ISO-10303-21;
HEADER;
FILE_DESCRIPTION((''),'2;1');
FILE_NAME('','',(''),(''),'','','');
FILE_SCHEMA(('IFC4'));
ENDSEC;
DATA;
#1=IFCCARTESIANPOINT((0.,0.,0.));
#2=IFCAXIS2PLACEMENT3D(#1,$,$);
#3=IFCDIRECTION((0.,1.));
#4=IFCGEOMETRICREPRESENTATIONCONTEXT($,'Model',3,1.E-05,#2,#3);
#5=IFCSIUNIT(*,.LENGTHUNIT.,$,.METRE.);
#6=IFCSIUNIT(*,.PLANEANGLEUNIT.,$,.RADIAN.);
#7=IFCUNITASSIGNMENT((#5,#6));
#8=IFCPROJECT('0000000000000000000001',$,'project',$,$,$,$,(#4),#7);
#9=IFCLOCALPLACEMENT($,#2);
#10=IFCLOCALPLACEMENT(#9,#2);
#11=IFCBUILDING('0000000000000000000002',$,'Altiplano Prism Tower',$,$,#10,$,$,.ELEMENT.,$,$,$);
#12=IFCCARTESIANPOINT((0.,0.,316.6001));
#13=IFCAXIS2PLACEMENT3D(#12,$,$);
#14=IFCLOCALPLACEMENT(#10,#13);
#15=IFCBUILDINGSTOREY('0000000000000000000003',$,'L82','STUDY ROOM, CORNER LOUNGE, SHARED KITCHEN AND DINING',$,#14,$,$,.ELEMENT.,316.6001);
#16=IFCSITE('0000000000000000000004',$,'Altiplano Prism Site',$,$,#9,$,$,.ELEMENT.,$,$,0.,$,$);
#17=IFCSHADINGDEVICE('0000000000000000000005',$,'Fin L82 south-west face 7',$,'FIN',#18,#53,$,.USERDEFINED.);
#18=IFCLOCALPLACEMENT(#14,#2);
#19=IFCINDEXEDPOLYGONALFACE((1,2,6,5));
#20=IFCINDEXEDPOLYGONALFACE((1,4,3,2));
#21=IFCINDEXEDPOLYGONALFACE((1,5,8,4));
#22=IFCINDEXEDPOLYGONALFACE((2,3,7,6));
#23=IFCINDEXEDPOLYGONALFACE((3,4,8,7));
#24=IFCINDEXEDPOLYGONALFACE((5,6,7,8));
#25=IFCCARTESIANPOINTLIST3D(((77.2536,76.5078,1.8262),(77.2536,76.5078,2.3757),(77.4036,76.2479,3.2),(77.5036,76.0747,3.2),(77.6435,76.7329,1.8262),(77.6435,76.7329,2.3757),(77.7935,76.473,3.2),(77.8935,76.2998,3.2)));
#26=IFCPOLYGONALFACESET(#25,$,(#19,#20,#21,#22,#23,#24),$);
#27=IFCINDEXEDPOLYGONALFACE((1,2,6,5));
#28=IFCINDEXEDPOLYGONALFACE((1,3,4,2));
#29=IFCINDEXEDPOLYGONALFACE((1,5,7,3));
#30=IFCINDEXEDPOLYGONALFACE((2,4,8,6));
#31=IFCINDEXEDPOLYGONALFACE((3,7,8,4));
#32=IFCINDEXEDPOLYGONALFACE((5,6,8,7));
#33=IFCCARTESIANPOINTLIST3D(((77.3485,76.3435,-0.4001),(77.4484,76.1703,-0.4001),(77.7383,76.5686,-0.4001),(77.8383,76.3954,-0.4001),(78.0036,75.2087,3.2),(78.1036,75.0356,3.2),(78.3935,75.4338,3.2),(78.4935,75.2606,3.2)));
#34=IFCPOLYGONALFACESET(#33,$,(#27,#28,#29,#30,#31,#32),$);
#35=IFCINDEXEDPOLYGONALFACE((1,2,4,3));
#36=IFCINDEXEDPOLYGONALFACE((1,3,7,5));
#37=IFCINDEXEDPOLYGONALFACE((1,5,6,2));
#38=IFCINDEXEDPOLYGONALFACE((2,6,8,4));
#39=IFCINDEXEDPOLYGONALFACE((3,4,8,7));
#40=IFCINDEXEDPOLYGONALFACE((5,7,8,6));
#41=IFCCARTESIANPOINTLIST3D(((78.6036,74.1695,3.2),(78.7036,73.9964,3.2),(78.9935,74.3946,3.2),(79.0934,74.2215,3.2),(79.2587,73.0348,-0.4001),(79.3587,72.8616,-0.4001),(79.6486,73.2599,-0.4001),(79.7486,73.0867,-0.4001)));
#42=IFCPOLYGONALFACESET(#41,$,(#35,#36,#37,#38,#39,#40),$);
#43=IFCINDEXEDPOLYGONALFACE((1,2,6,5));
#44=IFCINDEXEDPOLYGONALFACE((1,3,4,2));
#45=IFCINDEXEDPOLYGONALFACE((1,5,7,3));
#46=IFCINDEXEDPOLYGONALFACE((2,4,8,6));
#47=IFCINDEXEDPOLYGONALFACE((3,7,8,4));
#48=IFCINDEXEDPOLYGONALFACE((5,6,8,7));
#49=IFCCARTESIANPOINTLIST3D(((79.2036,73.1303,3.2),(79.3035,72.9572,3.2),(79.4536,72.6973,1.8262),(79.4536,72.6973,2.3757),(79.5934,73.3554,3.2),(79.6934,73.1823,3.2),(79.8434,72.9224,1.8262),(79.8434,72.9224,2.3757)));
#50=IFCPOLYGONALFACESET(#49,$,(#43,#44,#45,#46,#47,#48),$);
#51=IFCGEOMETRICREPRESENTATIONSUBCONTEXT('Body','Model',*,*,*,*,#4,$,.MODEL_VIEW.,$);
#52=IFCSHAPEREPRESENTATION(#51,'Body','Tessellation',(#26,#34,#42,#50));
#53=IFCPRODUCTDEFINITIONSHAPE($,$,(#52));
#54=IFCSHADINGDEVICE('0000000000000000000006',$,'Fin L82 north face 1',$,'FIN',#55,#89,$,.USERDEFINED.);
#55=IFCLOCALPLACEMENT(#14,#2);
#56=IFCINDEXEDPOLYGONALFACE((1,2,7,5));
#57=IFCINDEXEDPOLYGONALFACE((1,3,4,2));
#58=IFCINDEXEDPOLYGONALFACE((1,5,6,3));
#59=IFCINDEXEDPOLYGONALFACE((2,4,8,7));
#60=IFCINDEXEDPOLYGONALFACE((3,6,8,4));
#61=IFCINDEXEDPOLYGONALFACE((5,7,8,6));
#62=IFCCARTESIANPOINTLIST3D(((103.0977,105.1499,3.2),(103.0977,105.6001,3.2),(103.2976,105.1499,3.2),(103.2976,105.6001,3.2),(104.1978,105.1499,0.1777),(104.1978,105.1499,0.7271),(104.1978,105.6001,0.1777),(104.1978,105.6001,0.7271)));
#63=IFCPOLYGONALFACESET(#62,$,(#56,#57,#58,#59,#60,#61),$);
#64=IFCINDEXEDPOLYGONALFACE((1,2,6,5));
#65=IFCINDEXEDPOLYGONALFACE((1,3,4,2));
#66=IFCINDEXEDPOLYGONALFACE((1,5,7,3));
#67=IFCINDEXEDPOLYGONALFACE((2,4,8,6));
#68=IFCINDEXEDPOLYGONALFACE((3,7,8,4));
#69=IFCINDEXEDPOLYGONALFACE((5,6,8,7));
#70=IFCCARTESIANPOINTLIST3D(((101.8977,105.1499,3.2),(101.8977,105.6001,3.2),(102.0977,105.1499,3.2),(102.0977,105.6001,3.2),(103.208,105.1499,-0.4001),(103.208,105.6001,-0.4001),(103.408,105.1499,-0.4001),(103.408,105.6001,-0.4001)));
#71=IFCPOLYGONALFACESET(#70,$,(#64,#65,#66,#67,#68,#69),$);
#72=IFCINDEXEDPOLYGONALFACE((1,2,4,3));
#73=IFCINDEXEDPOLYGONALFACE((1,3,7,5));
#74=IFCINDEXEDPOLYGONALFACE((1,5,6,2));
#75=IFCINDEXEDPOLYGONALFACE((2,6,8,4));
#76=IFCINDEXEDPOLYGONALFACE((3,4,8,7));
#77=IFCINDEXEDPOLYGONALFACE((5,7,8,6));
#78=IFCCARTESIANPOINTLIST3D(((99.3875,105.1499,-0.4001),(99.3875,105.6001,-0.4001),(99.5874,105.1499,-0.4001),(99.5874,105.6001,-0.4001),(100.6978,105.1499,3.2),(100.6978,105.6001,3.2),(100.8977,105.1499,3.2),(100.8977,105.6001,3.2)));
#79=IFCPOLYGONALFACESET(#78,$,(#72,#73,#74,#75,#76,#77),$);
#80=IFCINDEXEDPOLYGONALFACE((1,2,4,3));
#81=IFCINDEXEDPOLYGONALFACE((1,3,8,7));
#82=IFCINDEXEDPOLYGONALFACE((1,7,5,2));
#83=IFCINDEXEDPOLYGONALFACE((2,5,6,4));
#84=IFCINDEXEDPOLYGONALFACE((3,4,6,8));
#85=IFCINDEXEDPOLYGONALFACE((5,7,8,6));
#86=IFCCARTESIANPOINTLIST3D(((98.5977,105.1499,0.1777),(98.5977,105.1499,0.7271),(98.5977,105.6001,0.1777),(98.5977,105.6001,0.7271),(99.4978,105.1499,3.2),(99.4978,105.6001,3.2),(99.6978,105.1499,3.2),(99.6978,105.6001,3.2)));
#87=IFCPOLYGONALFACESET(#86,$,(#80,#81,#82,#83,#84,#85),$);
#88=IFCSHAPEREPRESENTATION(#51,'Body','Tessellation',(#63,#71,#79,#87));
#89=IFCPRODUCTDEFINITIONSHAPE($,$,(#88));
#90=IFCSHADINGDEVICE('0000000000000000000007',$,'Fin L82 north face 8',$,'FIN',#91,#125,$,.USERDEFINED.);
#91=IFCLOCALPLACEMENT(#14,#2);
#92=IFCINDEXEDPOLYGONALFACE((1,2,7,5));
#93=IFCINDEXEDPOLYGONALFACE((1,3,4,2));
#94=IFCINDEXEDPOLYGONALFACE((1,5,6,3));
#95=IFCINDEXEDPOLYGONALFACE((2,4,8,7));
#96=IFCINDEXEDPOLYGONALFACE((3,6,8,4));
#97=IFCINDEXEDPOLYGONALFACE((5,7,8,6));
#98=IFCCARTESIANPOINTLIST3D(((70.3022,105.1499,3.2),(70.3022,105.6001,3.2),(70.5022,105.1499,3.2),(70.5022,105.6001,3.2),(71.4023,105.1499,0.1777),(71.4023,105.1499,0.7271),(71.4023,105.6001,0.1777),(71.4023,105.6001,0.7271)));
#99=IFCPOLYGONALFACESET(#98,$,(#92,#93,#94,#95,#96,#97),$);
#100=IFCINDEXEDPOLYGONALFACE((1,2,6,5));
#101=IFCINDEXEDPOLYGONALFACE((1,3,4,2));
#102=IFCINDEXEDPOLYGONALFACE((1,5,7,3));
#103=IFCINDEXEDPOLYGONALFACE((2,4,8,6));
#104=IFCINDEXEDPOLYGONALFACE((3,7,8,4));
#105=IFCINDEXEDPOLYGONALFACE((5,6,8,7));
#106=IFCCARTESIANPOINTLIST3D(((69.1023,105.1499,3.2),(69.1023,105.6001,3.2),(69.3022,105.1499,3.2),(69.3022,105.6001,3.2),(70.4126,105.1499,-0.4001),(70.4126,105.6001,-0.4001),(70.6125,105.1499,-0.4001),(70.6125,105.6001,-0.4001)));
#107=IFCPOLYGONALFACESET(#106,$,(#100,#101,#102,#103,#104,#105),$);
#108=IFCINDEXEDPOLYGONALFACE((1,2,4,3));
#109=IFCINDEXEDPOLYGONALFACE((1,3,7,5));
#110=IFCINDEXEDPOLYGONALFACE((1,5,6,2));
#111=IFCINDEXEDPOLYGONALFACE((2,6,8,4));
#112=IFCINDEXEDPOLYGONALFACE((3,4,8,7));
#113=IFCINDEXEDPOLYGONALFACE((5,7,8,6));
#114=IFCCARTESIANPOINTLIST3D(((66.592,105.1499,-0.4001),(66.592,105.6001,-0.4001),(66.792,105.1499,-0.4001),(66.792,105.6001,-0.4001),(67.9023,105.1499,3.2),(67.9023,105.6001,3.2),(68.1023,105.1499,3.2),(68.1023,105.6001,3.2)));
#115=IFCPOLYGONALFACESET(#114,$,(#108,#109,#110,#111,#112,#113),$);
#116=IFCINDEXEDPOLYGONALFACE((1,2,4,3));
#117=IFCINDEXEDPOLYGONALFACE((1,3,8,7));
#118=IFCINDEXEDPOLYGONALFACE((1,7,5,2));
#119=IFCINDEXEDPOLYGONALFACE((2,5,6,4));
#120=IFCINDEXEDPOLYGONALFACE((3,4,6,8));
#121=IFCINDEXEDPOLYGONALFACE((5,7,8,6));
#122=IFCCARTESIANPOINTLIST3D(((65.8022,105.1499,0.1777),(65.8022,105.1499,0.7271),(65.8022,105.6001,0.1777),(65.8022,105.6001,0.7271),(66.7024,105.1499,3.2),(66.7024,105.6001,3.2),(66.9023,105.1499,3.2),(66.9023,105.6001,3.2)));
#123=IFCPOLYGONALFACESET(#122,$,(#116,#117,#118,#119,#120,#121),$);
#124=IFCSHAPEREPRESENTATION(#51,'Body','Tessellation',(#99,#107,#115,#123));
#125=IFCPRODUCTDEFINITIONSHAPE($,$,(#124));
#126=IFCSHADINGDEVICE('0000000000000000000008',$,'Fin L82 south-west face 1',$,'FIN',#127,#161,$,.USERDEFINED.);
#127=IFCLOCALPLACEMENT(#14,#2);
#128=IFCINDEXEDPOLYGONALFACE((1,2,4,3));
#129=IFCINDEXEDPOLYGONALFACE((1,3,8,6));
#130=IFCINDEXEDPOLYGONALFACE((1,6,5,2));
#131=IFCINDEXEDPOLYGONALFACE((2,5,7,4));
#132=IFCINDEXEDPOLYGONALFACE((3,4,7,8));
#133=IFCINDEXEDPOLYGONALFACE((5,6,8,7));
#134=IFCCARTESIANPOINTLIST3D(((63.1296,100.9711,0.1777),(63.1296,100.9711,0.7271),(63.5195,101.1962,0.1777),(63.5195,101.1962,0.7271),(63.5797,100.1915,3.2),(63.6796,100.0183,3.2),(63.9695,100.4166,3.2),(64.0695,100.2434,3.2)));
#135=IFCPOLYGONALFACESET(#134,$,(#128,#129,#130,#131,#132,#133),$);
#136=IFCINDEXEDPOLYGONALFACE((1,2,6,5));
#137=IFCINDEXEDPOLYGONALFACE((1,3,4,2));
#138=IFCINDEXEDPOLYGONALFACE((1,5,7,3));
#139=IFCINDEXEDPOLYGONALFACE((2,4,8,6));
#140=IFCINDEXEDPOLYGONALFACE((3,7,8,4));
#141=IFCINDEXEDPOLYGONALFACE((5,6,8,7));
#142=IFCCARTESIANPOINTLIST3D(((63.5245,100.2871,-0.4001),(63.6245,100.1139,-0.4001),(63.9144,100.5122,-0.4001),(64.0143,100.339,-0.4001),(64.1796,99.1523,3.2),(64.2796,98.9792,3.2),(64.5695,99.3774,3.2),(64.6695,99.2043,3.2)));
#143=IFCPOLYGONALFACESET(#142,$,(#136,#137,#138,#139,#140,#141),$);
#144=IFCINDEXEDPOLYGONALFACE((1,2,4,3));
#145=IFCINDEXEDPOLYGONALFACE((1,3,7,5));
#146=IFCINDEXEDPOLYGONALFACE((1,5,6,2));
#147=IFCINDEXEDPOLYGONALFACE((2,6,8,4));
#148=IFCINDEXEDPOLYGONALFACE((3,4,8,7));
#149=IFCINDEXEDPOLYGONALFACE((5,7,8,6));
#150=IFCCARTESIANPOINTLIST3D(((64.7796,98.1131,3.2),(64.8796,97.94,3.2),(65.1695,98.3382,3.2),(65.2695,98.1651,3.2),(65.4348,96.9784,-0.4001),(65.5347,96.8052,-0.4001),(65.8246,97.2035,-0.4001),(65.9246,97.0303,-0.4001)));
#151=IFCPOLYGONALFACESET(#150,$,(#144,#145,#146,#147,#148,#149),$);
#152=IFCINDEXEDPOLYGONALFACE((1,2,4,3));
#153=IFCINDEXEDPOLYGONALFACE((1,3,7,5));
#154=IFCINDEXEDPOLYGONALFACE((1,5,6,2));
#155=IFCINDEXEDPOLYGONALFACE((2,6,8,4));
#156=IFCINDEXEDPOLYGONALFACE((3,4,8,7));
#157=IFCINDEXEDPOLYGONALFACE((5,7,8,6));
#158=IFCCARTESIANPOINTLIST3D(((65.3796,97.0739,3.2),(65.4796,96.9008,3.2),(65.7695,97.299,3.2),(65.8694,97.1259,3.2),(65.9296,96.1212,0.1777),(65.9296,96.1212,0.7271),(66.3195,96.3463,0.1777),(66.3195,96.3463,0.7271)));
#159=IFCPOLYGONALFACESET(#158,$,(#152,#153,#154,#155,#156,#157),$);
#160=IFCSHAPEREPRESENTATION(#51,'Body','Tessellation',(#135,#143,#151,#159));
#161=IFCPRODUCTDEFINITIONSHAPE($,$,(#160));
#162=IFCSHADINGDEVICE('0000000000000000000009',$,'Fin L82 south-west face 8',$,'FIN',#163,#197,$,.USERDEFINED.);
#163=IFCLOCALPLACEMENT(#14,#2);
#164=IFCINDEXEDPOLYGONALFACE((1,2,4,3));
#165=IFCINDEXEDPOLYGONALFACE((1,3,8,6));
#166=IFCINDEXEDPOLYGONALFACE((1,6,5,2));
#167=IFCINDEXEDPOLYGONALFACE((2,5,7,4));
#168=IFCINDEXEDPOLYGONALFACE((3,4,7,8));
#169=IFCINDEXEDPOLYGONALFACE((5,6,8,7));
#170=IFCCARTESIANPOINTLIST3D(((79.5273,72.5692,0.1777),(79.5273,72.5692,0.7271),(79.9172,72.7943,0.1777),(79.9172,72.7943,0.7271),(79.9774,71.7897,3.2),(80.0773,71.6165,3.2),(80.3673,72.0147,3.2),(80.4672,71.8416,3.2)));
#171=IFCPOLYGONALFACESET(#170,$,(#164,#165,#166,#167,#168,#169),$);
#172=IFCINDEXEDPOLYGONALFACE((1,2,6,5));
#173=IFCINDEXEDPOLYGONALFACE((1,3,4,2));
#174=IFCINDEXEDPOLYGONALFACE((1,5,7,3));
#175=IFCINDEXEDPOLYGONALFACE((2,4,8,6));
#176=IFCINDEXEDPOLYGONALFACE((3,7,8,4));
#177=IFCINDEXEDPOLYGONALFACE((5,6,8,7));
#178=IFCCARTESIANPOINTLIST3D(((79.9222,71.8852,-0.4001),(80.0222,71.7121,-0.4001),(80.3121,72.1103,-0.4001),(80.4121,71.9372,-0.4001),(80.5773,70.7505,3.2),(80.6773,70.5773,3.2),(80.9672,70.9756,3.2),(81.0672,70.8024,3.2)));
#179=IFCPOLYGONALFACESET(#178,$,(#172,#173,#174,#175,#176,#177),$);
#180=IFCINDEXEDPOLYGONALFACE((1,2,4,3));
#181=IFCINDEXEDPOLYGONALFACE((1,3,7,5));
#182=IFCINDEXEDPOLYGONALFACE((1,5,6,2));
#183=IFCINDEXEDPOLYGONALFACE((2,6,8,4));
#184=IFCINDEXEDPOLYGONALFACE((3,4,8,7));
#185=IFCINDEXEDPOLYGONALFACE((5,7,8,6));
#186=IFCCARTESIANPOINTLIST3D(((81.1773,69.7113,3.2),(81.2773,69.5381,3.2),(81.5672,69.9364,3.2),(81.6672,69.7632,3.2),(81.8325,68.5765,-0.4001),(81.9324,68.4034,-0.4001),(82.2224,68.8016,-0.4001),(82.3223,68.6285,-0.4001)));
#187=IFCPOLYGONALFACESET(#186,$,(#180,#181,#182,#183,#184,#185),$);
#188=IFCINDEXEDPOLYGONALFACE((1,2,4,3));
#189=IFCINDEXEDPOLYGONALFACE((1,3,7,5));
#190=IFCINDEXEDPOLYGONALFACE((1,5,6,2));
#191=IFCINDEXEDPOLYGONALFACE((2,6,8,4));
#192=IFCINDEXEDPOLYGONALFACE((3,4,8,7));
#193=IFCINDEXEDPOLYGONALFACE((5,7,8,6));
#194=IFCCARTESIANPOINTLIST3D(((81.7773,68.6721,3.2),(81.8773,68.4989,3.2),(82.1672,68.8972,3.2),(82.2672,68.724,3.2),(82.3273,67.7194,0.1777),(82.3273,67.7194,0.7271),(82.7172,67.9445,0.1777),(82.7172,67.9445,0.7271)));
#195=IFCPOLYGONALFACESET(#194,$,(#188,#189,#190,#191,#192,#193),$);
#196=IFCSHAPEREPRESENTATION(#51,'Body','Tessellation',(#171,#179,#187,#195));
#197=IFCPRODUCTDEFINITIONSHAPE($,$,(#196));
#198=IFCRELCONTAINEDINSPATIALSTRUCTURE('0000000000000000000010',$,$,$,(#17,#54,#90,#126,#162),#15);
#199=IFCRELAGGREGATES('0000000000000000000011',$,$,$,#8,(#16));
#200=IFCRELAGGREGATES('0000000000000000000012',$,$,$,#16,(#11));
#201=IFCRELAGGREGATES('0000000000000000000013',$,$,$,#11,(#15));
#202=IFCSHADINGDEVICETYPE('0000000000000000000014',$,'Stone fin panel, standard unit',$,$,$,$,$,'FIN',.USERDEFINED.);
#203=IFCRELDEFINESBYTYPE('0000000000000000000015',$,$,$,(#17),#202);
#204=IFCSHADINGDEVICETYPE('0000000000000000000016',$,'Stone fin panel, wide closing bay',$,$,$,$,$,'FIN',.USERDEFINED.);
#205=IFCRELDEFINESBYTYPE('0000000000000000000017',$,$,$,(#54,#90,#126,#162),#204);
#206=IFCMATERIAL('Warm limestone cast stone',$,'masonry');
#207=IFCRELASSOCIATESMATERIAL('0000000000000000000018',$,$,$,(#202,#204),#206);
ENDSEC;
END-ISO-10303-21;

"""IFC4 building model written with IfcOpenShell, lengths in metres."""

from ifc_helpers import new_model, si_unit, direction, frame, origin, place, context, subcontext, project, spatial, polyline, outline, extrude, source, transform, mapped, material, type_object, element, save


model = new_model("IFC4")

# Units and contexts
model_context = context("Model", 3, precision=1e-05, world=origin(), true_north=direction((0.0, 1.0)))
body_context = subcontext(model_context, "Body", "Model", "MODEL_VIEW")
ifc_project = project(units=[si_unit("LENGTHUNIT", "METRE"), si_unit("PLANEANGLEUNIT", "RADIAN")], contexts=[model_context])

# Site, building, storey
site_placement = place(None, origin())
site = spatial("IfcSite", under=ifc_project, at=site_placement, Name="Altiplano Prism Site", CompositionType="ELEMENT", RefElevation=0.0)
building_placement = place(site_placement, origin())
building = spatial("IfcBuilding", under=site, at=building_placement, Name="Altiplano Prism Tower", CompositionType="ELEMENT")
storey_placement = place(building_placement, frame((0.0, 0.0, 316.6001)))
storey = spatial("IfcBuildingStorey", under=building, at=storey_placement, Name="L82", Description="STUDY ROOM, CORNER LOUNGE, SHARED KITCHEN AND DINING", CompositionType="ELEMENT", Elevation=316.6001)

# Shading devices
ifc_material_1 = material(Name="Warm limestone cast stone", Category="masonry")
shading_device_type_1 = type_object("IfcShadingDeviceType", Name="Stone fin panel, standard unit", ElementType="FIN", PredefinedType="USERDEFINED", material=ifc_material_1)
shared_shape_1 = source(origin(), body_context, "Body", "SweptSolid", [
    extrude(outline(polyline([(-2.2, 2.2263), (-1.7, 3.6001), (-1.8999, 3.6001), (-2.2, 2.7759), (-2.2, 2.2263)])), frame((0.0, -0.1499, 0.0), z_axis=(0.0, -1.0, 0.0), x_axis=(1.0, 0.0, 0.0)), (0.0, 0.0, 1.0), 0.4502),
    extrude(outline(polyline([(-2.0103, 0.0), (-1.8103, 0.0), (-0.5, 3.6001), (-0.7, 3.6001), (-2.0103, 0.0)])), frame((0.0, -0.1499, 0.0), z_axis=(0.0, -1.0, 0.0), x_axis=(1.0, 0.0, 0.0)), (0.0, 0.0, 1.0), 0.4502),
    extrude(outline(polyline([(1.8103, 0.0), (2.0103, 0.0), (0.7, 3.6001), (0.5, 3.6001), (1.8103, 0.0)])), frame((0.0, -0.1499, 0.0), z_axis=(0.0, -1.0, 0.0), x_axis=(1.0, 0.0, 0.0)), (0.0, 0.0, 1.0), 0.4502),
    extrude(outline(polyline([(2.2, 2.7759), (1.8999, 3.6001), (1.7, 3.6001), (2.2, 2.2263), (2.2, 2.7759)])), frame((0.0, -0.1499, 0.0), z_axis=(0.0, -1.0, 0.0), x_axis=(1.0, 0.0, 0.0)), (0.0, 0.0, 1.0), 0.4502),
])
shading_device_1_placement = place(storey_placement, origin())
element("IfcShadingDevice", 1, at=shading_device_1_placement, inside=storey, type_object=shading_device_type_1, Name="Fin L82 south-west face 7", ObjectType="FIN", PredefinedType="USERDEFINED", context=body_context, shape_type="MappedRepresentation", body=[
    mapped(shared_shape_1, transform((78.8733, 74.9026, -0.4001), x_axis=(0.5, -0.866025, 0.0), y_axis=(0.866025, 0.5, 0.0), z_axis=(0.0, 0.0, 1.0))),
])
shading_device_type_2 = type_object("IfcShadingDeviceType", Name="Stone fin panel, wide closing bay", ElementType="FIN", PredefinedType="USERDEFINED", material=ifc_material_1)
shared_shape_2 = source(origin(), body_context, "Body", "SweptSolid", [
    extrude(outline(polyline([(-2.8, 0.5779), (-1.7, 3.6001), (-1.8999, 3.6001), (-2.8, 1.1272), (-2.8, 0.5779)])), frame((0.0, -0.1499, 0.0), z_axis=(0.0, -1.0, 0.0), x_axis=(1.0, 0.0, 0.0)), (0.0, 0.0, 1.0), 0.4502),
    extrude(outline(polyline([(-2.0103, 0.0), (-1.8103, 0.0), (-0.5, 3.6001), (-0.7, 3.6001), (-2.0103, 0.0)])), frame((0.0, -0.1499, 0.0), z_axis=(0.0, -1.0, 0.0), x_axis=(1.0, 0.0, 0.0)), (0.0, 0.0, 1.0), 0.4502),
    extrude(outline(polyline([(1.8103, 0.0), (2.0103, 0.0), (0.7, 3.6001), (0.5, 3.6001), (1.8103, 0.0)])), frame((0.0, -0.1499, 0.0), z_axis=(0.0, -1.0, 0.0), x_axis=(1.0, 0.0, 0.0)), (0.0, 0.0, 1.0), 0.4502),
    extrude(outline(polyline([(2.8, 1.1272), (1.8999, 3.6001), (1.7, 3.6001), (2.8, 0.5779), (2.8, 1.1272)])), frame((0.0, -0.1499, 0.0), z_axis=(0.0, -1.0, 0.0), x_axis=(1.0, 0.0, 0.0)), (0.0, 0.0, 1.0), 0.4502),
])
shading_device_2_placement = place(storey_placement, origin())
element("IfcShadingDevice", 2, at=shading_device_2_placement, inside=storey, type_object=shading_device_type_2, Name="Fin L82 north face 1", ObjectType="FIN", PredefinedType="USERDEFINED", context=body_context, shape_type="MappedRepresentation", body=[
    mapped(shared_shape_2, transform((101.3977, 105.0, -0.4001), x_axis=(-1.0, 0.0, 0.0), y_axis=(0.0, -1.0, 0.0), z_axis=(0.0, 0.0, 1.0))),
])
shading_device_3_placement = place(storey_placement, origin())
element("IfcShadingDevice", 3, at=shading_device_3_placement, inside=storey, type_object=shading_device_type_2, Name="Fin L82 north face 8", ObjectType="FIN", PredefinedType="USERDEFINED", context=body_context, shape_type="MappedRepresentation", body=[
    mapped(shared_shape_2, transform((68.6023, 105.0, -0.4001), x_axis=(-1.0, 0.0, 0.0), y_axis=(0.0, -1.0, 0.0), z_axis=(0.0, 0.0, 1.0))),
])
shading_device_4_placement = place(storey_placement, origin())
element("IfcShadingDevice", 4, at=shading_device_4_placement, inside=storey, type_object=shading_device_type_2, Name="Fin L82 south-west face 1", ObjectType="FIN", PredefinedType="USERDEFINED", context=body_context, shape_type="MappedRepresentation", body=[
    mapped(shared_shape_2, transform((65.0493, 98.8462, -0.4001), x_axis=(0.5, -0.866025, 0.0), y_axis=(0.866025, 0.5, 0.0), z_axis=(0.0, 0.0, 1.0))),
])
shading_device_5_placement = place(storey_placement, origin())
element("IfcShadingDevice", 5, at=shading_device_5_placement, inside=storey, type_object=shading_device_type_2, Name="Fin L82 south-west face 8", ObjectType="FIN", PredefinedType="USERDEFINED", context=body_context, shape_type="MappedRepresentation", body=[
    mapped(shared_shape_2, transform((81.447, 70.4443, -0.4001), x_axis=(0.5, -0.866025, 0.0), y_axis=(0.866025, 0.5, 0.0), z_axis=(0.0, 0.0, 1.0))),
])

save(model, "model.ifc")
